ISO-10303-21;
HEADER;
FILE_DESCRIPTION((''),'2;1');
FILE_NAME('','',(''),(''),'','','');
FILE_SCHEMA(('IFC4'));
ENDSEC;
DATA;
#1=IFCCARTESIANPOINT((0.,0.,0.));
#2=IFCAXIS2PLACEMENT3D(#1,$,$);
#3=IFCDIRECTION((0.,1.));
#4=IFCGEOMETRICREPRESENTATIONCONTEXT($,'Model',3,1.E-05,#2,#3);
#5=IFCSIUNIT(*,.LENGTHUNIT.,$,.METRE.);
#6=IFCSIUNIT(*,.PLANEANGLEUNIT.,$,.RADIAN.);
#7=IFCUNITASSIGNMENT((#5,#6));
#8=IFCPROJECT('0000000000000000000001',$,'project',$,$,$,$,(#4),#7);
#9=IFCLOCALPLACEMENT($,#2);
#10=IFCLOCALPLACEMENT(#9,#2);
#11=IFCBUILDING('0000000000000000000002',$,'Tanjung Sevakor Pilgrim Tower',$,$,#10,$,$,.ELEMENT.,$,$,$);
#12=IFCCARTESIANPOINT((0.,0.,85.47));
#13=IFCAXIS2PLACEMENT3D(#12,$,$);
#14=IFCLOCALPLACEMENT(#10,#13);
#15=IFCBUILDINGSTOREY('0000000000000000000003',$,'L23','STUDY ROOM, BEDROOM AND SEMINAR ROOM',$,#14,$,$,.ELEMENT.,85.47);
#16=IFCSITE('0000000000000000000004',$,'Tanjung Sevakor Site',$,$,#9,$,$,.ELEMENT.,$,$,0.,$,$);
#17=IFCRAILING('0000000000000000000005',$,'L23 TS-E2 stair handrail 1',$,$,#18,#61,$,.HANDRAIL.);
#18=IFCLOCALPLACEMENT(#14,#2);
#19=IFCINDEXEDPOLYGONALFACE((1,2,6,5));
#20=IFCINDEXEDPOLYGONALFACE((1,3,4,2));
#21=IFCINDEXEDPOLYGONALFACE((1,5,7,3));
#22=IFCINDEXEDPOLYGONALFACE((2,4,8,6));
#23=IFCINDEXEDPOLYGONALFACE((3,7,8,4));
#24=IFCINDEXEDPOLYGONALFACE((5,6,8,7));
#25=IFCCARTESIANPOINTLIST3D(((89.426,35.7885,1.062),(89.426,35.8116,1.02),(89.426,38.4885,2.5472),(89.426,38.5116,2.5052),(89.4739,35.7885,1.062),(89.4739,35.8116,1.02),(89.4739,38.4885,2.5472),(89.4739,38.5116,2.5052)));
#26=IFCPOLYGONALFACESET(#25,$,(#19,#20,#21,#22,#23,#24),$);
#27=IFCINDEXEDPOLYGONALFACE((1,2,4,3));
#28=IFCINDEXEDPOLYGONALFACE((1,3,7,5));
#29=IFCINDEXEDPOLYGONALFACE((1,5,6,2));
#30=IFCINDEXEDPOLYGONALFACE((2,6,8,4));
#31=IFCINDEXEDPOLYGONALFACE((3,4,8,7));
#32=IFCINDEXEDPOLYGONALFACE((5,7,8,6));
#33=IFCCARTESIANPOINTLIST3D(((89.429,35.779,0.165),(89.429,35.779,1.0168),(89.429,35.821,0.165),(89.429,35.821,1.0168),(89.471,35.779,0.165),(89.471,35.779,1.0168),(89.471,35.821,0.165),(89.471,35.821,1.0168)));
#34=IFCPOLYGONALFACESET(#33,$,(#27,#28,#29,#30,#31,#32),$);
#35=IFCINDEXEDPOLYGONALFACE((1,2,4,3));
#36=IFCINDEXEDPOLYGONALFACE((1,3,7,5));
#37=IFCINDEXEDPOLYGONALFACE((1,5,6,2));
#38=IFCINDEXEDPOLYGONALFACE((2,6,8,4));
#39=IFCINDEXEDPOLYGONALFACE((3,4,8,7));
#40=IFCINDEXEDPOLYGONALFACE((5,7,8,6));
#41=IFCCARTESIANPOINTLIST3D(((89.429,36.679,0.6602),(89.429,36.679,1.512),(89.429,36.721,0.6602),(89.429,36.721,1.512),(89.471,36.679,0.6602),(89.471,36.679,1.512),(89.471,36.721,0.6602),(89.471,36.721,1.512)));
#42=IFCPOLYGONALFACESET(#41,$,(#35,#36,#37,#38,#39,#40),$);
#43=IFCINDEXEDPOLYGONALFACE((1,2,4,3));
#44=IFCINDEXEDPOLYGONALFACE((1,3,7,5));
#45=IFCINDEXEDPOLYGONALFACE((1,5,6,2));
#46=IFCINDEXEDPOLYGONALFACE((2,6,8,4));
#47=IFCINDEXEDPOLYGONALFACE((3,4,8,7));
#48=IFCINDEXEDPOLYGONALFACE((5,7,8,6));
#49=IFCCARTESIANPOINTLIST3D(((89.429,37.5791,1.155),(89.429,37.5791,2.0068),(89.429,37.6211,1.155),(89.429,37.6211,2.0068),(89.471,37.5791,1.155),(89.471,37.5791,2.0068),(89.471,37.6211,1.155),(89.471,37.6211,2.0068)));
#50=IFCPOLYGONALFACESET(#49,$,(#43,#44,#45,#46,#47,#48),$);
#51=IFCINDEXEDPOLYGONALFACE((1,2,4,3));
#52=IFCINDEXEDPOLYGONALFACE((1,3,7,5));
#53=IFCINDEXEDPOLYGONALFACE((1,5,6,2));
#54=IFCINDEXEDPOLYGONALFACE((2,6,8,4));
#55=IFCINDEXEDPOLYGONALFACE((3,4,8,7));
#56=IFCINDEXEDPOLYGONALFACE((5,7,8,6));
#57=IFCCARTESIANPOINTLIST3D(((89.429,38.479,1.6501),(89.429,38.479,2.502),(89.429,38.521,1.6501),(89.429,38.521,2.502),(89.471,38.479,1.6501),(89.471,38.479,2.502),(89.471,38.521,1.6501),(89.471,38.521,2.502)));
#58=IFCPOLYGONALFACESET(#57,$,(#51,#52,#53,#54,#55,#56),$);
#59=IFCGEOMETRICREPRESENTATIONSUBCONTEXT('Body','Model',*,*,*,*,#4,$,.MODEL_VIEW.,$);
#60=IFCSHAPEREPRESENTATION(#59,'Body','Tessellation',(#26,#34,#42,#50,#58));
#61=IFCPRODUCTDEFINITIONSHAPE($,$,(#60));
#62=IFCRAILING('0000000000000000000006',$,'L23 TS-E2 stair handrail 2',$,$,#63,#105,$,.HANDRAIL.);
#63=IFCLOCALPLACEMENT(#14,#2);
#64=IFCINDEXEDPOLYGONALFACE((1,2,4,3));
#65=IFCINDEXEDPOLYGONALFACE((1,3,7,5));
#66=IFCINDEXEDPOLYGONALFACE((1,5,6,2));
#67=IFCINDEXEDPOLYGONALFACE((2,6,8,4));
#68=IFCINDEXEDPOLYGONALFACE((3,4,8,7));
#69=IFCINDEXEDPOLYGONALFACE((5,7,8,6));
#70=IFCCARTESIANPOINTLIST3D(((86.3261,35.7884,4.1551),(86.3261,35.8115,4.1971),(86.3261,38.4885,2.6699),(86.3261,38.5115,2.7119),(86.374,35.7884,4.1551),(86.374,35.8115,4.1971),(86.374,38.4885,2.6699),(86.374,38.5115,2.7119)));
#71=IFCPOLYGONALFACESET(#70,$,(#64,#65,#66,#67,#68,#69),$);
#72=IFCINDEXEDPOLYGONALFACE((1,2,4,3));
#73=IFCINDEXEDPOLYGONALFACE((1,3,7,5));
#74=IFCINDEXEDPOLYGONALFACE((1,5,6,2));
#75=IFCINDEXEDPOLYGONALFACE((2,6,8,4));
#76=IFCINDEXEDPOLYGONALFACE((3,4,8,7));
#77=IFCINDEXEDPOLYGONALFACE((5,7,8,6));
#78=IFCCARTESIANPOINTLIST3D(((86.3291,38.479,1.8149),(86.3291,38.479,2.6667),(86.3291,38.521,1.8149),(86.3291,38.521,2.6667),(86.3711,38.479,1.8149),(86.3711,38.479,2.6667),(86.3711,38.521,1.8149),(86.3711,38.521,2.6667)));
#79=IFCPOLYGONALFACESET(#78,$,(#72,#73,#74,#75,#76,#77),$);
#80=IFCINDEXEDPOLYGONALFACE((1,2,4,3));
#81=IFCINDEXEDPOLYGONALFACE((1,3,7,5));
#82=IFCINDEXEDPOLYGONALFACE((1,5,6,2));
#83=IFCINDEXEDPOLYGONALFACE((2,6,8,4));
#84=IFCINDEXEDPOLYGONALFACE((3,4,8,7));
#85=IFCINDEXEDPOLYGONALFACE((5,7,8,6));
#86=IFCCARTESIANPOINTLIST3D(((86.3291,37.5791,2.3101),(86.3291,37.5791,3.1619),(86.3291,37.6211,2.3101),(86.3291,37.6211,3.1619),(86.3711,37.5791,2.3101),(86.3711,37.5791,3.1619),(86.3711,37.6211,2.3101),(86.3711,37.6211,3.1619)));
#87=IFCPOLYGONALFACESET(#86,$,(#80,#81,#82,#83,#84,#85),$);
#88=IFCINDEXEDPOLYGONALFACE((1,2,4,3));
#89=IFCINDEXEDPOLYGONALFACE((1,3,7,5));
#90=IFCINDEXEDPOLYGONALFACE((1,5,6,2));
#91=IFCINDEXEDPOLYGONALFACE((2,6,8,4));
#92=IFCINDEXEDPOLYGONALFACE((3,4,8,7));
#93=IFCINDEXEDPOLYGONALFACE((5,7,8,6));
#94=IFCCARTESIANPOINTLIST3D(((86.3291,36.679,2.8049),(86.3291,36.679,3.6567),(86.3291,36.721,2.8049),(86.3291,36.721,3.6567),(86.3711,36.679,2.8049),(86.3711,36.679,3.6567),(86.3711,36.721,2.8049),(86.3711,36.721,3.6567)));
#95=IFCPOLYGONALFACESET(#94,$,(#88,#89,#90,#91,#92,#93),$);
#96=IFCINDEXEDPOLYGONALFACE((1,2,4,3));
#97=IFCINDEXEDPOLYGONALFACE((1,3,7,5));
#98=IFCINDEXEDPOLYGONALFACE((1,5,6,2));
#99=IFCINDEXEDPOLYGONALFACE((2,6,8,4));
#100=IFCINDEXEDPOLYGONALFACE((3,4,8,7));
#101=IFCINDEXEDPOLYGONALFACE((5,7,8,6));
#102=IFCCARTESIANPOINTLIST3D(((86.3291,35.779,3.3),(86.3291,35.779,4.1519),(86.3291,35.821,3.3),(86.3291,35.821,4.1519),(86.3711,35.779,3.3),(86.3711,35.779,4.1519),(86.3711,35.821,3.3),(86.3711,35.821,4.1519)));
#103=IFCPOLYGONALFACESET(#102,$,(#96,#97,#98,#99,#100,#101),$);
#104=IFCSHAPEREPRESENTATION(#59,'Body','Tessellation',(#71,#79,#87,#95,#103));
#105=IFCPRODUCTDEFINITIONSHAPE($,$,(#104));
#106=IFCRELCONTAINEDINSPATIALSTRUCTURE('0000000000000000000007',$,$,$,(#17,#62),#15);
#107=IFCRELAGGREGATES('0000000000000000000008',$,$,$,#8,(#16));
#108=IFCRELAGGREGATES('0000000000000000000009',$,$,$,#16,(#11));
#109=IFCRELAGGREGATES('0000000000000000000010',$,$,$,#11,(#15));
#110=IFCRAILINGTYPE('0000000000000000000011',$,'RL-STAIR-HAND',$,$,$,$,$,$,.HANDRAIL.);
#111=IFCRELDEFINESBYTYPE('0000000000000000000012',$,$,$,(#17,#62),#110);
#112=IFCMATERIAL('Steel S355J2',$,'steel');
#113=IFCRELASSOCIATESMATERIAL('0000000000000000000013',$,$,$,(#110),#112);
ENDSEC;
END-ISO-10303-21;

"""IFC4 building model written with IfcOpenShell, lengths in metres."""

from ifc_helpers import new_model, si_unit, direction, frame, origin, place, context, subcontext, project, spatial, rectangle, extrude, material, type_object, element, save


model = new_model("IFC4")

# Units and contexts
model_context = context("Model", 3, precision=1e-05, world=origin(), true_north=direction((0.0, 1.0)))
body_context = subcontext(model_context, "Body", "Model", "MODEL_VIEW")
ifc_project = project(units=[si_unit("LENGTHUNIT", "METRE"), si_unit("PLANEANGLEUNIT", "RADIAN")], contexts=[model_context])

# Site, building, storey
site_placement = place(None, origin())
site = spatial("IfcSite", under=ifc_project, at=site_placement, Name="Tanjung Sevakor Site", CompositionType="ELEMENT", RefElevation=0.0)
building_placement = place(site_placement, origin())
building = spatial("IfcBuilding", under=site, at=building_placement, Name="Tanjung Sevakor Pilgrim Tower", CompositionType="ELEMENT")
storey_placement = place(building_placement, frame((0.0, 0.0, 85.47)))
storey = spatial("IfcBuildingStorey", under=building, at=storey_placement, Name="L23", Description="STUDY ROOM, BEDROOM AND SEMINAR ROOM", CompositionType="ELEMENT", Elevation=85.47)

# Railings
ifc_material_1 = material(Name="Steel S355J2", Category="steel")
railing_type_1 = type_object("IfcRailingType", Name="RL-STAIR-HAND", PredefinedType="HANDRAIL", material=ifc_material_1)
railing_1_placement = place(storey_placement, frame((89.45, 35.8, 0.165)))
element("IfcRailing", 1, at=railing_1_placement, inside=storey, type_object=railing_type_1, Name="L23 TS-E2 stair handrail 1", PredefinedType="HANDRAIL", context=body_context, shape_type="SweptSolid", body=[
    extrude(rectangle(XDim=0.0479, YDim=0.0479), frame((0.0, 0.0, 0.876), z_axis=(0.0, 0.876198, 0.481952), x_axis=(-1.0, 0.0, 0.0)), (0.0, 0.0, 1.0), 3.0815),
    extrude(rectangle(XDim=0.042, YDim=0.042), origin(), (0.0, 0.0, 1.0), 0.8518),
    extrude(rectangle(XDim=0.042, YDim=0.042), frame((0.0, 0.8999, 0.4951)), (0.0, 0.0, 1.0), 0.8518),
    extrude(rectangle(XDim=0.042, YDim=0.042), frame((0.0, 1.8, 0.99)), (0.0, 0.0, 1.0), 0.8518),
    extrude(rectangle(XDim=0.042, YDim=0.042), frame((0.0, 2.7, 1.4851)), (0.0, 0.0, 1.0), 0.8518),
])
railing_2_placement = place(storey_placement, frame((86.3501, 38.5, 1.8149)))
element("IfcRailing", 2, at=railing_2_placement, inside=storey, type_object=railing_type_1, Name="L23 TS-E2 stair handrail 2", PredefinedType="HANDRAIL", context=body_context, shape_type="SweptSolid", body=[
    extrude(rectangle(XDim=0.0479, YDim=0.0479), frame((0.0, 0.0, 0.876), z_axis=(0.0, -0.876198, 0.481952), x_axis=(1.0, 0.0, 0.0)), (0.0, 0.0, 1.0), 3.0815),
    extrude(rectangle(XDim=0.042, YDim=0.042), origin(), (0.0, 0.0, 1.0), 0.8518),
    extrude(rectangle(XDim=0.042, YDim=0.042), frame((0.0, -0.8999, 0.4951)), (0.0, 0.0, 1.0), 0.8518),
    extrude(rectangle(XDim=0.042, YDim=0.042), frame((0.0, -1.8, 0.99)), (0.0, 0.0, 1.0), 0.8518),
    extrude(rectangle(XDim=0.042, YDim=0.042), frame((0.0, -2.7, 1.4851)), (0.0, 0.0, 1.0), 0.8518),
])

save(model, "model.ifc")
